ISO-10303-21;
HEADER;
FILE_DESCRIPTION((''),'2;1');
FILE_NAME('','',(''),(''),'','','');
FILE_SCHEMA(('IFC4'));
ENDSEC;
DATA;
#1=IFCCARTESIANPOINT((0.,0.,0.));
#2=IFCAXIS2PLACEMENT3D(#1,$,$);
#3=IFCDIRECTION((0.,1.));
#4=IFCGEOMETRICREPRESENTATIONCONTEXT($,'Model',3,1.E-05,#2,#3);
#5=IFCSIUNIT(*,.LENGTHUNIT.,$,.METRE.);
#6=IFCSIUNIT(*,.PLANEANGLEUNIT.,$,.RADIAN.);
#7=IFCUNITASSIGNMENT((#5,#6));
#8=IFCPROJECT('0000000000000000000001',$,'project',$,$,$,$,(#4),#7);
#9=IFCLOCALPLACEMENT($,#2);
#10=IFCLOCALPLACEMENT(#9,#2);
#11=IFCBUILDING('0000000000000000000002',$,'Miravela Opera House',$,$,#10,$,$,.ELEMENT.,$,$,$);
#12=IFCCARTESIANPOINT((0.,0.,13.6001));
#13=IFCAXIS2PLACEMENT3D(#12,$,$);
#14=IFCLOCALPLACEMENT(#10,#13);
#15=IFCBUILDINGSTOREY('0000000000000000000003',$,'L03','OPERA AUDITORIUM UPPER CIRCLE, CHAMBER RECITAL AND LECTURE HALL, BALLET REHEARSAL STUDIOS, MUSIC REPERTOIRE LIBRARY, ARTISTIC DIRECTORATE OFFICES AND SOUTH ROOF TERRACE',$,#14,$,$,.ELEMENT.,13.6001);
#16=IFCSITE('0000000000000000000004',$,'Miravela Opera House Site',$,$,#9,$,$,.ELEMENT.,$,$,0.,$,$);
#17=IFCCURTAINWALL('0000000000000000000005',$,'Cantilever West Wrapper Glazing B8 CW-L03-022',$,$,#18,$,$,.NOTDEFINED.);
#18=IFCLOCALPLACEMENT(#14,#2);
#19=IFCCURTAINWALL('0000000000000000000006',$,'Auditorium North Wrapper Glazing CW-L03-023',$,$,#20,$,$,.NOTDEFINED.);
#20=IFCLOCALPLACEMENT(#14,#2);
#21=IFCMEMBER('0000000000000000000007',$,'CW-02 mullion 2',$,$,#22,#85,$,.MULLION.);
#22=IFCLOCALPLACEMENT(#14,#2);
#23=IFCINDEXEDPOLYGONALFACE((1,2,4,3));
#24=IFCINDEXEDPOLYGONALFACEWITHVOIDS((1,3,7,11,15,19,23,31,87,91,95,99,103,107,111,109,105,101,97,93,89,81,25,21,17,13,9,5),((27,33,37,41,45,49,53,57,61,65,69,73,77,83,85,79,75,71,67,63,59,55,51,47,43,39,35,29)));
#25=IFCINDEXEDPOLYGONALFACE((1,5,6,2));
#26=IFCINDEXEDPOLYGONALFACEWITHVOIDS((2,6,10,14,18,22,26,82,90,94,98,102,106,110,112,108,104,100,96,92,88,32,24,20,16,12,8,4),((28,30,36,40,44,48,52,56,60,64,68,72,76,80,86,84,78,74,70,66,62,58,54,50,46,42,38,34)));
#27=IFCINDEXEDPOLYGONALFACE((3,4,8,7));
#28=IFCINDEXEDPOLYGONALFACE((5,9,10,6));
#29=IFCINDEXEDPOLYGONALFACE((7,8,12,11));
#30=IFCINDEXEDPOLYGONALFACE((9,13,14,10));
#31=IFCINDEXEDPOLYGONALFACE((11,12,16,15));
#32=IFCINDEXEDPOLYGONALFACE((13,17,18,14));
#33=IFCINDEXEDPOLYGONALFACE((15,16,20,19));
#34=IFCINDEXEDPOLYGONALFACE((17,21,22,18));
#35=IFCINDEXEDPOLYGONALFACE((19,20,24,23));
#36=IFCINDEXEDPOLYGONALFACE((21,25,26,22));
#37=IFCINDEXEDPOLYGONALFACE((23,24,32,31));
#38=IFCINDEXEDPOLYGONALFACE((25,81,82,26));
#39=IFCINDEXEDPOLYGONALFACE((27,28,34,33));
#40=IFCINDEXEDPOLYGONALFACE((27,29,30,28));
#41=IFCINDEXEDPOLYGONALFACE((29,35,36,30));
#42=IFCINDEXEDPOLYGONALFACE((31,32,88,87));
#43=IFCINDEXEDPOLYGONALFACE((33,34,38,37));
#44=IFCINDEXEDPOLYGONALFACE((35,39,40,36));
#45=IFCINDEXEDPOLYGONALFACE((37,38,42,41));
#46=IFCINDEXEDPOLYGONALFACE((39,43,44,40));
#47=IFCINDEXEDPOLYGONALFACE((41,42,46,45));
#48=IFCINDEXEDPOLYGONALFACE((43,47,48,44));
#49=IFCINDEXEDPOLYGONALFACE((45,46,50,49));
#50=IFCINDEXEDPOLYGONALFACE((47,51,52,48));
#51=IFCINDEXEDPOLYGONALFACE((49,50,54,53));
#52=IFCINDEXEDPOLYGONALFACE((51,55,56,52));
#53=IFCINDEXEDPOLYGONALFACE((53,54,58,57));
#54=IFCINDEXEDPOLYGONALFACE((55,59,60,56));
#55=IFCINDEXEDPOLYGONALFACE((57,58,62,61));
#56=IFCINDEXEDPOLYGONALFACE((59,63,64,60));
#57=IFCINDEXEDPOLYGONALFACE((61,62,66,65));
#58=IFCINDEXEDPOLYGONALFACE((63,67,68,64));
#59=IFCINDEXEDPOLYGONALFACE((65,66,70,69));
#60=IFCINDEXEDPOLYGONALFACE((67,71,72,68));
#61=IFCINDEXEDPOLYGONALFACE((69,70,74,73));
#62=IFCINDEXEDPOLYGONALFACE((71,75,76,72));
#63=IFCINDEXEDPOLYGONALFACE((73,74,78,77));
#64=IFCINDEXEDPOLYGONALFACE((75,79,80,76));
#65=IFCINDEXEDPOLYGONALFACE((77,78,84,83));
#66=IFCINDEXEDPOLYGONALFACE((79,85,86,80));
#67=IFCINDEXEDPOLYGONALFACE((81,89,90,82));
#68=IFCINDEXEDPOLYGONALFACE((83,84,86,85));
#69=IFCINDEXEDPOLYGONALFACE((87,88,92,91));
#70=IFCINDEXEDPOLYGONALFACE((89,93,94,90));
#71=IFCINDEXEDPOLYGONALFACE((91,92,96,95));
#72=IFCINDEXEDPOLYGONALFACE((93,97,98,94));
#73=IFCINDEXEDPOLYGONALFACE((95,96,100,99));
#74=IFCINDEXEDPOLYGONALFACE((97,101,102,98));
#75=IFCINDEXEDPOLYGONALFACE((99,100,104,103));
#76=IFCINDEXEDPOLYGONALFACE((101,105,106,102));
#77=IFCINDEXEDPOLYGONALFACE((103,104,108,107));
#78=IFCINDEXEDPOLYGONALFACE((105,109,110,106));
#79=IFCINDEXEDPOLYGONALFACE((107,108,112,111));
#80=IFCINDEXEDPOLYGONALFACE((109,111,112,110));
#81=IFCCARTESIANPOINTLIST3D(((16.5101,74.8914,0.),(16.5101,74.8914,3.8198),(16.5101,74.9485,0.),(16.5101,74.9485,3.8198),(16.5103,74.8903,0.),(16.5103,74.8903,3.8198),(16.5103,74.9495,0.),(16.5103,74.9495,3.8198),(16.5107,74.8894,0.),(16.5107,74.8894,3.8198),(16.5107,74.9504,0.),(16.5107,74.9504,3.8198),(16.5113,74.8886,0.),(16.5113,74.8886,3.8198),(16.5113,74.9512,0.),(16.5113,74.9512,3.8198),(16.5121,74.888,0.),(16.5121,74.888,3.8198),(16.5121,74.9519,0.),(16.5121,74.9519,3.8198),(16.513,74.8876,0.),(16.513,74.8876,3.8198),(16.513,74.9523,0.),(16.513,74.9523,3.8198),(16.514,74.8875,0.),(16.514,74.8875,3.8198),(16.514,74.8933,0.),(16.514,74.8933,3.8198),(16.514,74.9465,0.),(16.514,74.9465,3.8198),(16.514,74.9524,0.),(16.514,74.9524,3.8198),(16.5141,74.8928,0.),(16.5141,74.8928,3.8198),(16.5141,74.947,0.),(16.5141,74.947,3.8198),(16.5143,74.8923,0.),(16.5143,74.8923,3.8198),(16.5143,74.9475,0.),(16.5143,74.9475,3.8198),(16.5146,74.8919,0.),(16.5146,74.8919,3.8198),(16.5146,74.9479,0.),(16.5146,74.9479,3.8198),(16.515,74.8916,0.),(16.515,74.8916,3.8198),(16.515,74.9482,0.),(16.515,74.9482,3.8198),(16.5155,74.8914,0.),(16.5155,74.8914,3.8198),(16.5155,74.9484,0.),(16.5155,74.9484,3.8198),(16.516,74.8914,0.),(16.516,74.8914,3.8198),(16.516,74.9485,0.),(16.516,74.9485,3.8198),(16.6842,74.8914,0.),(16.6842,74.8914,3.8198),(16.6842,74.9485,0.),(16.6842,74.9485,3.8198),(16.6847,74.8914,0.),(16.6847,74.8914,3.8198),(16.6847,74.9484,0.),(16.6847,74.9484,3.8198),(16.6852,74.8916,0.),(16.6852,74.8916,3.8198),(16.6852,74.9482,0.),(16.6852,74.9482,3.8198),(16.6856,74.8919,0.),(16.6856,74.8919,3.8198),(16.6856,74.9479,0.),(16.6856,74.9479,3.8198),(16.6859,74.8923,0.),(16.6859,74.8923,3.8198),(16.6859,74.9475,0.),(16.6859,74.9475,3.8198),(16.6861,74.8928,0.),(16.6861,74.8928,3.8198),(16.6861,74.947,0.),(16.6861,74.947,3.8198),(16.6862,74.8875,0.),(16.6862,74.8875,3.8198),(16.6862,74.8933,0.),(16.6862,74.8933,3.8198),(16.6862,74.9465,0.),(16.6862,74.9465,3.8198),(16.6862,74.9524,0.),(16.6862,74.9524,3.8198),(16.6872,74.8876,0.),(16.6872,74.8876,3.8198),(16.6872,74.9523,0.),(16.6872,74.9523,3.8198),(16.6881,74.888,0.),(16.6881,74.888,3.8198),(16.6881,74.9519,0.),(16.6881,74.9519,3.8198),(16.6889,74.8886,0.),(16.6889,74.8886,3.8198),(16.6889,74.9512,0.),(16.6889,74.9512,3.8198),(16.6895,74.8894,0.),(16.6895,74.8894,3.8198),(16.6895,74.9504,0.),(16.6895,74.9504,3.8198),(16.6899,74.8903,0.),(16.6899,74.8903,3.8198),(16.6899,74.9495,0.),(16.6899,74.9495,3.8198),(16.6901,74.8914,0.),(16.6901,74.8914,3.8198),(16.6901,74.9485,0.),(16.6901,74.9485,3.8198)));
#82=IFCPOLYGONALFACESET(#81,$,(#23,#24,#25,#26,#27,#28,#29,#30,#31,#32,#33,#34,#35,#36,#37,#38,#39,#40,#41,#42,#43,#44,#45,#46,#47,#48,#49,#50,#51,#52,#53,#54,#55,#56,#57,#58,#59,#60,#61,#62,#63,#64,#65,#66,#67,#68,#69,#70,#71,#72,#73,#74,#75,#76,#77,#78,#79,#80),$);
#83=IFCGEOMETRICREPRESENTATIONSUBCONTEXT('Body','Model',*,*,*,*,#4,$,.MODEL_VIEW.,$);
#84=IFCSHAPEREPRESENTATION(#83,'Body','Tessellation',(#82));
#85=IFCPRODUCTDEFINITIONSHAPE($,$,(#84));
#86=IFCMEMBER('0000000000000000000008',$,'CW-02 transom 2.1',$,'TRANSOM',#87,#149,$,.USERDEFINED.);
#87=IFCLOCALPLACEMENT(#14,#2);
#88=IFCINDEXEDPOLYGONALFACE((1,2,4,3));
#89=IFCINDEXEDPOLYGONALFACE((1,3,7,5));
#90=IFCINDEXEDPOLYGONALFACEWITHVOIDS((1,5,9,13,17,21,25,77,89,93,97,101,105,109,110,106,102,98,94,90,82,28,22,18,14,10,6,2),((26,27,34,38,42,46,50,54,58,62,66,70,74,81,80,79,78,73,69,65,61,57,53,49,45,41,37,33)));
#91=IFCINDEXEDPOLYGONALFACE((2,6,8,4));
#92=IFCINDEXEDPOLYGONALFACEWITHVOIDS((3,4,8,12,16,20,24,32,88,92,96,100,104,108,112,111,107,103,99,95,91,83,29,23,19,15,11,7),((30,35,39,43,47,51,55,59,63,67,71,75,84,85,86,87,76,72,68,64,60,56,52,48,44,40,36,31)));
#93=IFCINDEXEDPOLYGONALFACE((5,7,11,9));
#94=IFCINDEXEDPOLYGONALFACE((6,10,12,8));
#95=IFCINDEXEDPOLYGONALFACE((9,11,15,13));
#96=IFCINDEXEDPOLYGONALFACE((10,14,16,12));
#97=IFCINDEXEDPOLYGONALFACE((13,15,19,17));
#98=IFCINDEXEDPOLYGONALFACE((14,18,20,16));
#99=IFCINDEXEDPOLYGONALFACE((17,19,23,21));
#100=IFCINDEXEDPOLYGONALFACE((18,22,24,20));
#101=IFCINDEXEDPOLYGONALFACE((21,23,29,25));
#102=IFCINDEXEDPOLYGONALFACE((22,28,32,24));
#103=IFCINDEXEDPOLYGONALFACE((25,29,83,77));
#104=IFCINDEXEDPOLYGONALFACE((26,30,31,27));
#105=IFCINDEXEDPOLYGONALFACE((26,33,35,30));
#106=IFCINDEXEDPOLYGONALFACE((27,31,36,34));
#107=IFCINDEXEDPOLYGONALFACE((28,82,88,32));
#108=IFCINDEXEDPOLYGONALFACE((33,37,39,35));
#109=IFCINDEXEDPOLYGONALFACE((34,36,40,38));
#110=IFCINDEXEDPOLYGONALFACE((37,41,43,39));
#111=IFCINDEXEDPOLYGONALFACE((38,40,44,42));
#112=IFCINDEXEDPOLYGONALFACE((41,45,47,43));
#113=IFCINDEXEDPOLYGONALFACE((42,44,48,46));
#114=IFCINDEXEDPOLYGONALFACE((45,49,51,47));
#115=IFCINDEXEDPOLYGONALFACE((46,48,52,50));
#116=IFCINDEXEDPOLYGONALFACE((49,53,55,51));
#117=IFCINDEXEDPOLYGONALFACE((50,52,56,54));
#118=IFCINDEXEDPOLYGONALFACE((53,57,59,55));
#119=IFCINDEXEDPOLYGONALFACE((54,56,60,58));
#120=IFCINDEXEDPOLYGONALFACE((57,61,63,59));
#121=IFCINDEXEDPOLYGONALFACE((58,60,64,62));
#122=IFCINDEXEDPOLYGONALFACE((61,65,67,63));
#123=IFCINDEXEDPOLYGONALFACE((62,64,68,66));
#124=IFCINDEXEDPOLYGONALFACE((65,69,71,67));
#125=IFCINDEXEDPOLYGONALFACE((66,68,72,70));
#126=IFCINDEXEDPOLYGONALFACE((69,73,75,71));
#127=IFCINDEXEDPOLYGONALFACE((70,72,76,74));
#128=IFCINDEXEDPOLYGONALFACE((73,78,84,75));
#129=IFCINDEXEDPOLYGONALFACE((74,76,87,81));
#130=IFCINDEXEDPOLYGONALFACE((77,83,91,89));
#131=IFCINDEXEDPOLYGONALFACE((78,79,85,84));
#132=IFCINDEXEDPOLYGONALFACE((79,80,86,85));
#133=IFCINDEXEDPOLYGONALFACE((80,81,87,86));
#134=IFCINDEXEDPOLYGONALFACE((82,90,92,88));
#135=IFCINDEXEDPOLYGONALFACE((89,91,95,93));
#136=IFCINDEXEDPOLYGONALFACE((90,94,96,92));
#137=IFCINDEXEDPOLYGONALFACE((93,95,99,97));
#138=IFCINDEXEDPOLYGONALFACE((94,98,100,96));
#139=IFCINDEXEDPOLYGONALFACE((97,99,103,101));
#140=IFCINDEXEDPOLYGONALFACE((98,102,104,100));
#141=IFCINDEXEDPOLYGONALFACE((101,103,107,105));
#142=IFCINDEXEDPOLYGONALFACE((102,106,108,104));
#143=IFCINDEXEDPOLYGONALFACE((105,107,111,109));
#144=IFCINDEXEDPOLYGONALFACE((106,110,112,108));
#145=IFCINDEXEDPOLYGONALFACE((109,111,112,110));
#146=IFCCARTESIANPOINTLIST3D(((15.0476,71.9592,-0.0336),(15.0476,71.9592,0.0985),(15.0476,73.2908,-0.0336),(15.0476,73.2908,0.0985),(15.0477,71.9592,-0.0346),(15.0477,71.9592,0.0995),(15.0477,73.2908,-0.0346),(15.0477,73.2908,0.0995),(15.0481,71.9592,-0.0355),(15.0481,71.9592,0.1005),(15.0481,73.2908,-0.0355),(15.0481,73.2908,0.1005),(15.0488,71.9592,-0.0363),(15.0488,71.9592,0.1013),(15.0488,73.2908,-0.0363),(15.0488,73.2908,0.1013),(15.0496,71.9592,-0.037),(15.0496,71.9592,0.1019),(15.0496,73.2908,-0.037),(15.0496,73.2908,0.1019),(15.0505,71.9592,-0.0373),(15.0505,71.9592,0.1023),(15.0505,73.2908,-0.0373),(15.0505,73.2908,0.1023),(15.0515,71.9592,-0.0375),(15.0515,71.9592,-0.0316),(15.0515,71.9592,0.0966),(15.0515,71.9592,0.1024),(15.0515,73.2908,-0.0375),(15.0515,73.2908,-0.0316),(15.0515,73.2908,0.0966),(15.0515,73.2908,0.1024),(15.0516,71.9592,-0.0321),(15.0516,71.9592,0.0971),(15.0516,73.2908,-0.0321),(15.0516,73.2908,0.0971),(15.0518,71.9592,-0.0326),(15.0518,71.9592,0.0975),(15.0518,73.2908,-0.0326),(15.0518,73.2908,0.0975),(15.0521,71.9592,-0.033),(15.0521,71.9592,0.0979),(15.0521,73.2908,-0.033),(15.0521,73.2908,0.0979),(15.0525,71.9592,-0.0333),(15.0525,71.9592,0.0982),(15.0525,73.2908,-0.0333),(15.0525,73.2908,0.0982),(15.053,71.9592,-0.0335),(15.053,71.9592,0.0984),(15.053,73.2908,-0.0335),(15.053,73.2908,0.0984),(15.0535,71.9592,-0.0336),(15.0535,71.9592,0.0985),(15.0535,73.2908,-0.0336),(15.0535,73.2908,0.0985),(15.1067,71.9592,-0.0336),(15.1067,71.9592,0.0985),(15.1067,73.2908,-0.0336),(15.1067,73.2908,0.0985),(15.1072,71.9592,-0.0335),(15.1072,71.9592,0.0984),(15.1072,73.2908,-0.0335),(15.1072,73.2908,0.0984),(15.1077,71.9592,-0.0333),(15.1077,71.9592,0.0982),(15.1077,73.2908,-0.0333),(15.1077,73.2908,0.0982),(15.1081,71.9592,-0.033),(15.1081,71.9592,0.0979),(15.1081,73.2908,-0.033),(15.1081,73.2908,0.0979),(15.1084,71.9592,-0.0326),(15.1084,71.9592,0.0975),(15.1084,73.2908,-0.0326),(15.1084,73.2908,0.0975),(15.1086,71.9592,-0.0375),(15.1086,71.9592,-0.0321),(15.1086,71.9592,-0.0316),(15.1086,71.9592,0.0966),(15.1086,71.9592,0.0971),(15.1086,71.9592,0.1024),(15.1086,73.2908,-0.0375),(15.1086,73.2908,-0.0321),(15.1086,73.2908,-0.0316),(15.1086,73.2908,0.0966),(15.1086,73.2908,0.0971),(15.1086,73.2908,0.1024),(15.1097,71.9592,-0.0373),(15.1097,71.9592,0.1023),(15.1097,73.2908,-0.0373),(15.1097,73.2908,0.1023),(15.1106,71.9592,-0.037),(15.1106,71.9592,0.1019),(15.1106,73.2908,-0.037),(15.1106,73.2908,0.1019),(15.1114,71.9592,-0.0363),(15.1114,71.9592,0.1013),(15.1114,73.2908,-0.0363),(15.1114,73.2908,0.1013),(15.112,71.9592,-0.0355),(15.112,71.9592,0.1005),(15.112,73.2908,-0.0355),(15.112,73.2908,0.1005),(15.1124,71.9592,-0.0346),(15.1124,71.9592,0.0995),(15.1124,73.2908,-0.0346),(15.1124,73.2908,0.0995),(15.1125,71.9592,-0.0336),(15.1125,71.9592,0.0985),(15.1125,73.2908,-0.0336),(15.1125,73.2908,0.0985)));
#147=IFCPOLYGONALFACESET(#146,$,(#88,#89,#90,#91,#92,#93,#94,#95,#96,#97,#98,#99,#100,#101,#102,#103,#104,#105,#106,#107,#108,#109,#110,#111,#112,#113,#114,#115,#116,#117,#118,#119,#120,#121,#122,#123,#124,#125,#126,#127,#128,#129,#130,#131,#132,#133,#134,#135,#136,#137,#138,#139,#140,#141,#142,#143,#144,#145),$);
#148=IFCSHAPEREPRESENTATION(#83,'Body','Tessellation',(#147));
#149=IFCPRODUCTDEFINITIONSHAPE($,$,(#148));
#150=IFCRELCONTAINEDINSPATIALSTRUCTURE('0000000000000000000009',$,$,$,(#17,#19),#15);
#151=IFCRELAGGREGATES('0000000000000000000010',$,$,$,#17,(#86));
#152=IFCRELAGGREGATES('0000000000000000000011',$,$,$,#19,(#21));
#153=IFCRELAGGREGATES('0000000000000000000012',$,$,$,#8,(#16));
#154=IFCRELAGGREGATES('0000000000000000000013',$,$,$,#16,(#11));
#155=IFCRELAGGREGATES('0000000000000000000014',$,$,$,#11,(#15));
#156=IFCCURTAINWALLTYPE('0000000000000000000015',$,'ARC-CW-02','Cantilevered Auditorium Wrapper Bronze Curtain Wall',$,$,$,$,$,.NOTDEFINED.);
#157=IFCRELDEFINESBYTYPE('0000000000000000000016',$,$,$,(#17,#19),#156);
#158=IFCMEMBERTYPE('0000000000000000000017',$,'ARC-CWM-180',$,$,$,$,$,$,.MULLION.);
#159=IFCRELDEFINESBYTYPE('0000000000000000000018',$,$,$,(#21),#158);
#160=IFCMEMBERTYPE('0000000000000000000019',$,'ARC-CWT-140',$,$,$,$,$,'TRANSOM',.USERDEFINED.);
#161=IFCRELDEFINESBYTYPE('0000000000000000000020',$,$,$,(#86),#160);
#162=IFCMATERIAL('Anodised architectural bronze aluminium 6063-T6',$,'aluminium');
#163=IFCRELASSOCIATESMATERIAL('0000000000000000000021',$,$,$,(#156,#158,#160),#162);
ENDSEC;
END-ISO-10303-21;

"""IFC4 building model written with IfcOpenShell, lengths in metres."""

from ifc_helpers import new_model, si_unit, direction, frame, origin, origin_2d, place, context, subcontext, project, spatial, hollow_rectangle, extrude, material, material_profile, profile_set, type_object, element, aggregate, save


model = new_model("IFC4")

# Units and contexts
model_context = context("Model", 3, precision=1e-05, world=origin(), true_north=direction((0.0, 1.0)))
body_context = subcontext(model_context, "Body", "Model", "MODEL_VIEW")
ifc_project = project(units=[si_unit("LENGTHUNIT", "METRE"), si_unit("PLANEANGLEUNIT", "RADIAN")], contexts=[model_context])

# Site, building, storey
site_placement = place(None, origin())
site = spatial("IfcSite", under=ifc_project, at=site_placement, Name="Miravela Opera House Site", CompositionType="ELEMENT", RefElevation=0.0)
building_placement = place(site_placement, origin())
building = spatial("IfcBuilding", under=site, at=building_placement, Name="Miravela Opera House", CompositionType="ELEMENT")
storey_placement = place(building_placement, frame((0.0, 0.0, 13.6001)))
storey = spatial("IfcBuildingStorey", under=building, at=storey_placement, Name="L03", Description="OPERA AUDITORIUM UPPER CIRCLE, CHAMBER RECITAL AND LECTURE HALL, BALLET REHEARSAL STUDIOS, MUSIC REPERTOIRE LIBRARY, ARTISTIC DIRECTORATE OFFICES AND SOUTH ROOF TERRACE", CompositionType="ELEMENT", Elevation=13.6001)

# Curtain walls, member
ifc_material_1 = material(Name="Anodised architectural bronze aluminium 6063-T6", Category="aluminium")
curtain_wall_type = type_object("IfcCurtainWallType", Name="ARC-CW-02", Description="Cantilevered Auditorium Wrapper Bronze Curtain Wall", PredefinedType="NOTDEFINED", material=ifc_material_1)
curtain_wall_1_placement = place(storey_placement, origin())
curtain_wall_1 = element("IfcCurtainWall", 1, at=curtain_wall_1_placement, inside=storey, type_object=curtain_wall_type, Name="Cantilever West Wrapper Glazing B8 CW-L03-022", PredefinedType="NOTDEFINED")
ifc_material_profile_1 = material_profile(ifc_material_1, hollow_rectangle(XDim=0.0649, YDim=0.1799, WallThickness=0.0039, InnerFilletRadius=0.002, OuterFilletRadius=0.0039, at=origin_2d()), Name="CWM-65X180")
ifc_profile_set_1 = profile_set([ifc_material_profile_1])
member_type_1 = type_object("IfcMemberType", Name="ARC-CWM-180", PredefinedType="MULLION", material=ifc_profile_set_1)
curtain_wall_2_placement = place(storey_placement, origin())
curtain_wall_2 = element("IfcCurtainWall", 2, at=curtain_wall_2_placement, inside=storey, type_object=curtain_wall_type, Name="Auditorium North Wrapper Glazing CW-L03-023", PredefinedType="NOTDEFINED")
member_1_placement = place(storey_placement, frame((16.6001, 74.9199, 0.0), z_axis=(0.0, 0.0, 1.0), x_axis=(0.0, 1.0, 0.0)))
member_1 = element("IfcMember", 3, at=member_1_placement, type_object=member_type_1, Name="CW-02 mullion 2", PredefinedType="MULLION", context=body_context, shape_type="SweptSolid", body=[
    extrude(hollow_rectangle(XDim=0.0649, YDim=0.1799, WallThickness=0.0039, InnerFilletRadius=0.002, OuterFilletRadius=0.0039, at=origin_2d()), origin(), (0.0, 0.0, 1.0), 3.8198),
])

# Member
ifc_material_profile_2 = material_profile(ifc_material_1, hollow_rectangle(XDim=0.0649, YDim=0.1399, WallThickness=0.0039, InnerFilletRadius=0.002, OuterFilletRadius=0.0039, at=origin_2d()), Name="CWT-65X140")
ifc_profile_set_2 = profile_set([ifc_material_profile_2])
member_type_2 = type_object("IfcMemberType", Name="ARC-CWT-140", ElementType="TRANSOM", PredefinedType="USERDEFINED", material=ifc_profile_set_2)
member_2_placement = place(storey_placement, frame((15.0801, 71.9592, 0.0325), z_axis=(0.0, 1.0, 0.0), x_axis=(-1.0, 0.0, 0.0)))
member_2 = element("IfcMember", 4, at=member_2_placement, type_object=member_type_2, Name="CW-02 transom 2.1", ObjectType="TRANSOM", PredefinedType="USERDEFINED", context=body_context, shape_type="SweptSolid", body=[
    extrude(hollow_rectangle(XDim=0.0649, YDim=0.1399, WallThickness=0.0039, InnerFilletRadius=0.002, OuterFilletRadius=0.0039, at=origin_2d()), origin(), (0.0, 0.0, 1.0), 1.3315),
])

aggregate(curtain_wall_1, [member_2])
aggregate(curtain_wall_2, [member_1])

save(model, "model.ifc")
